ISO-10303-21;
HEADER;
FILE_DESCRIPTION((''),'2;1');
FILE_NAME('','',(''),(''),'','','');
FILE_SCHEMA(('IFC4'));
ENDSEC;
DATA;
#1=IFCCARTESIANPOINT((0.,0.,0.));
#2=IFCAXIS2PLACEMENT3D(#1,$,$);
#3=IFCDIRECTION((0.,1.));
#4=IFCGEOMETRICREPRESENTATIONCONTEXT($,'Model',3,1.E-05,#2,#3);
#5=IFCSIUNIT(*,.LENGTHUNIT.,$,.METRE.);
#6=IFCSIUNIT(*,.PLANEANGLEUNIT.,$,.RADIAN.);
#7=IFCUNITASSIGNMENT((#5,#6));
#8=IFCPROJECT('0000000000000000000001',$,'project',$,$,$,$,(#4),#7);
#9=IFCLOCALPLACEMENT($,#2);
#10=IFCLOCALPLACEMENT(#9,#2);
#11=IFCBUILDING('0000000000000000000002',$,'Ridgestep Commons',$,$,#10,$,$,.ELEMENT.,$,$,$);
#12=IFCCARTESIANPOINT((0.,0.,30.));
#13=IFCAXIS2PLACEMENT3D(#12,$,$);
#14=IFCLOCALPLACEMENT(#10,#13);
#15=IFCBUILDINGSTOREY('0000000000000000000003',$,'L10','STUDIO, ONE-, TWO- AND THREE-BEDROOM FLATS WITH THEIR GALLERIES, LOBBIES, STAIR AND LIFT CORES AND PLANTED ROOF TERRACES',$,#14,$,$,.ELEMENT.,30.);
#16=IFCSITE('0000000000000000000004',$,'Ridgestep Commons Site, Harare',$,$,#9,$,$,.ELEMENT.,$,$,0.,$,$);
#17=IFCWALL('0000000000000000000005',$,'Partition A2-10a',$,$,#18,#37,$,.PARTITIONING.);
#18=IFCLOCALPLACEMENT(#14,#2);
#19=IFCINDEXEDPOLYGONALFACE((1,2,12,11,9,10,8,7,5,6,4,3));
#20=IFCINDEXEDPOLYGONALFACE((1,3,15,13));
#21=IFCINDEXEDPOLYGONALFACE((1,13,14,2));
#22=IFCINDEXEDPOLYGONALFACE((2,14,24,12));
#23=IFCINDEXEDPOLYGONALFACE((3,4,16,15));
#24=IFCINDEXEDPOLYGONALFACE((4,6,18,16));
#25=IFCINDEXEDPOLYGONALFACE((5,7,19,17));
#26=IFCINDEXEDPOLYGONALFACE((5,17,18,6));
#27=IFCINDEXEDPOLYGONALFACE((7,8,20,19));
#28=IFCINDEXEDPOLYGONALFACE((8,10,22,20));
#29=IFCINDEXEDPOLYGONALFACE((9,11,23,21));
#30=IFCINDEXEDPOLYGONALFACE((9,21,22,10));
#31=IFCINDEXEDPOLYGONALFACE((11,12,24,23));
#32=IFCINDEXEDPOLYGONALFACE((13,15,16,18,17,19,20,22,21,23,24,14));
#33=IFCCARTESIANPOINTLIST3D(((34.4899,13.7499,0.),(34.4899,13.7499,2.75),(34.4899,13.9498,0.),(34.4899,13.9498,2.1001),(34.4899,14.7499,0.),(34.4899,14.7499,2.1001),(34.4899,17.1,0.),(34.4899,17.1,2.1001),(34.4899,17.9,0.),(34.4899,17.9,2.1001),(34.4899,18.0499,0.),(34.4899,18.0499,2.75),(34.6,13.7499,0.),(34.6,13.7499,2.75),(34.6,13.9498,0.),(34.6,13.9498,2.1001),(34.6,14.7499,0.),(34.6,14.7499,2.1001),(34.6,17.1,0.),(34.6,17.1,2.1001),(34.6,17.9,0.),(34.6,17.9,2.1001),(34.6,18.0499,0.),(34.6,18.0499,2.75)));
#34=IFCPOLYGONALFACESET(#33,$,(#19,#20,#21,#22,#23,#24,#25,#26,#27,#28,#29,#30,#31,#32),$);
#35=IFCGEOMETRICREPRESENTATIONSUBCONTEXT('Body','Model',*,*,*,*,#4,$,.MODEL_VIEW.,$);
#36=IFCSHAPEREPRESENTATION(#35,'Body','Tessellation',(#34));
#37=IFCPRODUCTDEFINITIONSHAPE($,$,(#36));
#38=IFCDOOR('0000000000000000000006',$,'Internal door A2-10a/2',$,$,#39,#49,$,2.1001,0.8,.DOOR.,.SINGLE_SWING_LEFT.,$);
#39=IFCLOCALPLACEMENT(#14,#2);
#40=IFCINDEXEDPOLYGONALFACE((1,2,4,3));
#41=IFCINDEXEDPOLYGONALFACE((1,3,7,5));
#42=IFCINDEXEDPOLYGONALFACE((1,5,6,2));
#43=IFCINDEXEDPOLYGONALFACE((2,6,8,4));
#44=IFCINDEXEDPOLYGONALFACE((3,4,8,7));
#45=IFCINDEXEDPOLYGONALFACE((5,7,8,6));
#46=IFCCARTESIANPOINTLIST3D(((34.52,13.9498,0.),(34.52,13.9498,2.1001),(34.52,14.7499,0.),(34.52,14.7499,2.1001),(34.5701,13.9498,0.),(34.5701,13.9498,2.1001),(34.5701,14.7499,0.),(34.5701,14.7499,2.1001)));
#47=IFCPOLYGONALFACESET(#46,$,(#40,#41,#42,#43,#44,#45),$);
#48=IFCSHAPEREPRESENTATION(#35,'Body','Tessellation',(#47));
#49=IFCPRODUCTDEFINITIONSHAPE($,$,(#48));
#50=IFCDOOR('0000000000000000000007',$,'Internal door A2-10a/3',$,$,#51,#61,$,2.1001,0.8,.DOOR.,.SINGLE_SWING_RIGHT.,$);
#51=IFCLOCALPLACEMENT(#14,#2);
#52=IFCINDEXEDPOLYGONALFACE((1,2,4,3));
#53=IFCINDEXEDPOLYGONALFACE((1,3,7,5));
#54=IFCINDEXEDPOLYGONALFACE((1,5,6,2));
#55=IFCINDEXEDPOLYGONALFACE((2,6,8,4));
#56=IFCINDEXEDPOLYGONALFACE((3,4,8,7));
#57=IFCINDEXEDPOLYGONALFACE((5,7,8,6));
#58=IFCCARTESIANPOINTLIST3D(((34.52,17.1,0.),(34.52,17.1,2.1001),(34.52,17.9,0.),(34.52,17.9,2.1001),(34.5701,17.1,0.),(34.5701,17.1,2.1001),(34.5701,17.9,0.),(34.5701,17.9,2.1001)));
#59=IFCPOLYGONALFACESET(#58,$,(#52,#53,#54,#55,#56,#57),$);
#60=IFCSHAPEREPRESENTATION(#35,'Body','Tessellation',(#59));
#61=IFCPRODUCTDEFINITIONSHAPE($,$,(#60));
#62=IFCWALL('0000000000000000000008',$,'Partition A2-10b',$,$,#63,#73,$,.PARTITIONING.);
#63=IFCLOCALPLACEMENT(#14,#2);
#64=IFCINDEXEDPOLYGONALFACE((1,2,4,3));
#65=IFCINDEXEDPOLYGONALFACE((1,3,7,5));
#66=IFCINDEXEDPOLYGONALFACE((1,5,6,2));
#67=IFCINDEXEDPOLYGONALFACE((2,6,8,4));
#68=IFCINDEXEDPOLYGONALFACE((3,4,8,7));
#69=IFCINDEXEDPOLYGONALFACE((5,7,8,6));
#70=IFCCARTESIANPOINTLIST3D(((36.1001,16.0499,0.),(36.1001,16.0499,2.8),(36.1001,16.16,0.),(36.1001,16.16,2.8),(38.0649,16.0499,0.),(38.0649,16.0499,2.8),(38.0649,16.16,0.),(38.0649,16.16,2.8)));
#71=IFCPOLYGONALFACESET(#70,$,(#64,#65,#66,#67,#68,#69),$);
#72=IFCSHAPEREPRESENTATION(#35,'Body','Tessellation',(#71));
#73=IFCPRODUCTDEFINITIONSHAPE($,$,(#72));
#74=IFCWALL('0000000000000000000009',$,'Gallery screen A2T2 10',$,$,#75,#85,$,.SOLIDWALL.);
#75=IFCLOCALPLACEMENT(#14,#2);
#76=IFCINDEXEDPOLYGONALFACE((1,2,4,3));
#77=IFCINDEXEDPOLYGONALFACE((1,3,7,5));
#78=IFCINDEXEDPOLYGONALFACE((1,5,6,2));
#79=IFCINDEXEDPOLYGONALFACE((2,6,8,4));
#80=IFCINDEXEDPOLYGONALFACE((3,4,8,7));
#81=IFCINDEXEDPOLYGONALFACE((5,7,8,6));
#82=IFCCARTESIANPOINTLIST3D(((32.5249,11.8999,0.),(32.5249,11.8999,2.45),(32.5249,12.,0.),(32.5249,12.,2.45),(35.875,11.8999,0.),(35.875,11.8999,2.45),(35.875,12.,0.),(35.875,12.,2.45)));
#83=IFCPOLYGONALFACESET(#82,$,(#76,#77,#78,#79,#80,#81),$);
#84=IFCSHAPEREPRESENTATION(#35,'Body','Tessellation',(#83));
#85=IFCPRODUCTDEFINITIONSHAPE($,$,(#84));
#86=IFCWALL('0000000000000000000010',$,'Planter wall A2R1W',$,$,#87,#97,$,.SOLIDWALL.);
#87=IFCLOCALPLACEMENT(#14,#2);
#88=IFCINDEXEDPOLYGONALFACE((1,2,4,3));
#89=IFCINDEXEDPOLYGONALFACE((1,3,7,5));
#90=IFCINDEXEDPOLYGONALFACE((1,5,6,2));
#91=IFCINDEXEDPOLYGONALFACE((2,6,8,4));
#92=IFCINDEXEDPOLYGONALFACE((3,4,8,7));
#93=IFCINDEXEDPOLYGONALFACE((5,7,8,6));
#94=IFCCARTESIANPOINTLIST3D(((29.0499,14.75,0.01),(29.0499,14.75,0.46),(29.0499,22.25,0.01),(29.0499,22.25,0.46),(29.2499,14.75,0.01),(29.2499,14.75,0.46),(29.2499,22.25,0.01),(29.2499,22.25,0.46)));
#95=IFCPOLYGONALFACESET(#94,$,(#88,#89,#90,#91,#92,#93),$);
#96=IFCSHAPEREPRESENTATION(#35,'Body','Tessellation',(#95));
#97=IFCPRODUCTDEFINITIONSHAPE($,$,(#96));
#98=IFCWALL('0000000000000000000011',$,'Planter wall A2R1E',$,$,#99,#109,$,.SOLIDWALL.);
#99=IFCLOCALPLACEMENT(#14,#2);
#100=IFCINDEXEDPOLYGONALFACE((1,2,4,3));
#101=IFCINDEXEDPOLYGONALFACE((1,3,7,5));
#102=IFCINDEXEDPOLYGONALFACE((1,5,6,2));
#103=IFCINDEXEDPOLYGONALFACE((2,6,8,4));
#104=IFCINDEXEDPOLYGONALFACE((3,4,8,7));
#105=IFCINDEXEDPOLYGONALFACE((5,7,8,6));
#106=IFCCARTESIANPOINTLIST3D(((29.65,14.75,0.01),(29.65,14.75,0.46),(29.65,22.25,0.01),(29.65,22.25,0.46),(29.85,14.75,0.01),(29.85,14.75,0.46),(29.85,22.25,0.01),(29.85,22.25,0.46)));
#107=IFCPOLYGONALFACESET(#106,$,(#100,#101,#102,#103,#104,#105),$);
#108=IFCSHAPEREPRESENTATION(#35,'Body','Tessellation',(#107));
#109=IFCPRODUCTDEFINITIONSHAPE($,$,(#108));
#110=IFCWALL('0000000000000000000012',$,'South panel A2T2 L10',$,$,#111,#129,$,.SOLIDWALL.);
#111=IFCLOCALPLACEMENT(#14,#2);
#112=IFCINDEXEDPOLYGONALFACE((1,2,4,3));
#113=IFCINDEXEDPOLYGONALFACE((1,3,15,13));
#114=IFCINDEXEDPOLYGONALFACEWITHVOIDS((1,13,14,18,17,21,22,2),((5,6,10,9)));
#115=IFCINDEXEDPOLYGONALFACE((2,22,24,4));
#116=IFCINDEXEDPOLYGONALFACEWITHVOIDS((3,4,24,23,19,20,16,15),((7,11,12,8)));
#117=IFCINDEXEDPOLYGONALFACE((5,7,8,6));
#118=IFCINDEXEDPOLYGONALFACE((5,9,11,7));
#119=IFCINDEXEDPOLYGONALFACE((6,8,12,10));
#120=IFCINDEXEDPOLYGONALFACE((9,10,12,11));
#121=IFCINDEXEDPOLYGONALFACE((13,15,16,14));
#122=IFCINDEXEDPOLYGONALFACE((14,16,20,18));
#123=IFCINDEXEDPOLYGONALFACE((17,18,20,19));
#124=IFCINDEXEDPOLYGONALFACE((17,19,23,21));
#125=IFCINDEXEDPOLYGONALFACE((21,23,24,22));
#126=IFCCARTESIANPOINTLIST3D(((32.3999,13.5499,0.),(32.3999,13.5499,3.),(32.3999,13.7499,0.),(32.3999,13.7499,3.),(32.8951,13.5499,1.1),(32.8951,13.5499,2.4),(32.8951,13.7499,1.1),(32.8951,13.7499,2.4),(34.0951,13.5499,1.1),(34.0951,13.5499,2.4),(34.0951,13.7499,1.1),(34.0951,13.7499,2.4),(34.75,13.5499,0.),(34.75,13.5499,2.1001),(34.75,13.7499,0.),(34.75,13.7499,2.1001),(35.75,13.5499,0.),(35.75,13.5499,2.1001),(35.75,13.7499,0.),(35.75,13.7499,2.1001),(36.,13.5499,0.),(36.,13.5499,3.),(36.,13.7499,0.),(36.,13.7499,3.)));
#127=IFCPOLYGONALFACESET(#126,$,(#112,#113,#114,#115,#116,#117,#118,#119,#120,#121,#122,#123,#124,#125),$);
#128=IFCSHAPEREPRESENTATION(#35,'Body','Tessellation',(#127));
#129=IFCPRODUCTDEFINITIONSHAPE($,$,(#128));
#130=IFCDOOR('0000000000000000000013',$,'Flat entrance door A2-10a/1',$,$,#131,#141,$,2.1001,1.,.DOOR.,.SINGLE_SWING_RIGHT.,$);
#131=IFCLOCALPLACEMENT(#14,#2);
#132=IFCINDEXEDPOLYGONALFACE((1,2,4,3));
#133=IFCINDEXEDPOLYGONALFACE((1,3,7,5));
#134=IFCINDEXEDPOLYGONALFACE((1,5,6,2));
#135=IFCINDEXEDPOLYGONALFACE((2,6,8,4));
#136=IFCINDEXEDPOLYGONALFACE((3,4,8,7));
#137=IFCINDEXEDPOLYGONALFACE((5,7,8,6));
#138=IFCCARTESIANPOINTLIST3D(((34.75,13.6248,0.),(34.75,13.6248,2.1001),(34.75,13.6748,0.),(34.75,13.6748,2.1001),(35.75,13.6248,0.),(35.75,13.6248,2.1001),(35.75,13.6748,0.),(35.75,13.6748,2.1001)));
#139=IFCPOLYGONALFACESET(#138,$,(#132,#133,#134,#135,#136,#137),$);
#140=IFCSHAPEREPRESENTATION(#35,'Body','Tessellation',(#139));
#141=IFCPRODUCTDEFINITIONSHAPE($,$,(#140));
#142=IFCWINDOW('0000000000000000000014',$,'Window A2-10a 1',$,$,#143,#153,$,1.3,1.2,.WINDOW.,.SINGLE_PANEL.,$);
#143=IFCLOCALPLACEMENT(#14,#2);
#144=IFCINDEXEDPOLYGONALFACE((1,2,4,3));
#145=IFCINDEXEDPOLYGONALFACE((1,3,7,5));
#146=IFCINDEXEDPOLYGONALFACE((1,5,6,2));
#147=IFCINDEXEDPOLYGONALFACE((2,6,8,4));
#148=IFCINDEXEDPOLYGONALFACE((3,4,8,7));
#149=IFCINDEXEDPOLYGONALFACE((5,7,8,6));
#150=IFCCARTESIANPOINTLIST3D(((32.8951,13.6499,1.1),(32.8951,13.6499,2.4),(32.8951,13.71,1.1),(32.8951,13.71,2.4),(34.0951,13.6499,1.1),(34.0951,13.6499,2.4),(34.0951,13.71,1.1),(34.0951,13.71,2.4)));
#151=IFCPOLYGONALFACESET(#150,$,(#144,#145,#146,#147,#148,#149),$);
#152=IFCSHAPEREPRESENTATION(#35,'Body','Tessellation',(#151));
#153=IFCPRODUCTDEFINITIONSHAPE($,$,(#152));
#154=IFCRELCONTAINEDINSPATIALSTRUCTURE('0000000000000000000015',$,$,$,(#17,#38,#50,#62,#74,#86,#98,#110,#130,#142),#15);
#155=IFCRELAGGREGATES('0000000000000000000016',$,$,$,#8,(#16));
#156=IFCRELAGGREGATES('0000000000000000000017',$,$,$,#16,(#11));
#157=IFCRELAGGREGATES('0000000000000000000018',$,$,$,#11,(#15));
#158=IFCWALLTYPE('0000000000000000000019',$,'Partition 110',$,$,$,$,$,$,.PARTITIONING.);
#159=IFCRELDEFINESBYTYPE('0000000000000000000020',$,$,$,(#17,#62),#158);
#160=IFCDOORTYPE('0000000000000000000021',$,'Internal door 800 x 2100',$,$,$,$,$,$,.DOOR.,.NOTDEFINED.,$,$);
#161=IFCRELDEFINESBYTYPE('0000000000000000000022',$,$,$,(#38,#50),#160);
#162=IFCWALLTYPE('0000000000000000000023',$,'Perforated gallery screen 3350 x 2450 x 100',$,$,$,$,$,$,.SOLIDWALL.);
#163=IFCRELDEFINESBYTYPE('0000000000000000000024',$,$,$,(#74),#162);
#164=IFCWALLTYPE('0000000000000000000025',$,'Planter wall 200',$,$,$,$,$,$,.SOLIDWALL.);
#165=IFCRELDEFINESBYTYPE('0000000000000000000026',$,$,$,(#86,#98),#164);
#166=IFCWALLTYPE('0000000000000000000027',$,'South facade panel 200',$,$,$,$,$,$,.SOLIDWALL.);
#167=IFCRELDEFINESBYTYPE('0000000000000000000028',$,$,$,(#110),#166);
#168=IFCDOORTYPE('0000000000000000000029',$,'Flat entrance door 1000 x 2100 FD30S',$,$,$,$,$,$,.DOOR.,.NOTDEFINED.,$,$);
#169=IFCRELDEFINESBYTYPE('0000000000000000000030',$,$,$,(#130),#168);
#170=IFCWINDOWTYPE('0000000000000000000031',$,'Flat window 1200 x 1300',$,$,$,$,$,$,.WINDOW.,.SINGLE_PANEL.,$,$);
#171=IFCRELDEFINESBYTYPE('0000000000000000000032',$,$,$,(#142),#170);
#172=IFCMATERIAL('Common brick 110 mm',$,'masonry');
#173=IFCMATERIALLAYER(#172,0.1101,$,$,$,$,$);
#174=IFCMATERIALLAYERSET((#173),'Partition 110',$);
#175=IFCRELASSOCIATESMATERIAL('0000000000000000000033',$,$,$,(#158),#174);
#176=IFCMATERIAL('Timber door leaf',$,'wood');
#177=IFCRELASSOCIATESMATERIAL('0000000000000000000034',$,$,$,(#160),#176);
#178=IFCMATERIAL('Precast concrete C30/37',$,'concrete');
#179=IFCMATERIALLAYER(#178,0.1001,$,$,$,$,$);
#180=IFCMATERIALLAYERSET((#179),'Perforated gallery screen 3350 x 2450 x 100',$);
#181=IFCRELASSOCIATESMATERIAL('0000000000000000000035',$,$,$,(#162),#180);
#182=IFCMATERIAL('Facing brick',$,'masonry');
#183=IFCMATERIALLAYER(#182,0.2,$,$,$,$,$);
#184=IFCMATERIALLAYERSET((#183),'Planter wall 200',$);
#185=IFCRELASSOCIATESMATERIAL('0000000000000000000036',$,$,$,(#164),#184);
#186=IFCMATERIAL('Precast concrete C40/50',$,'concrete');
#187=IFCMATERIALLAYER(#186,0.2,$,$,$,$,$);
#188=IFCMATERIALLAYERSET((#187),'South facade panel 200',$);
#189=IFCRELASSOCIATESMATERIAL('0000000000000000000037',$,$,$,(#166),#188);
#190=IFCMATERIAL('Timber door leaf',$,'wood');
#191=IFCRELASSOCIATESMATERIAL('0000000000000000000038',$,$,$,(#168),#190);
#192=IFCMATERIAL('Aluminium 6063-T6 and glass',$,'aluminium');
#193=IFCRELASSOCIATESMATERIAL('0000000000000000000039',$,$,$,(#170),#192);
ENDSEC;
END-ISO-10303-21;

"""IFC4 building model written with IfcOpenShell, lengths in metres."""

from ifc_helpers import new_model, si_unit, direction, frame, frame_2d, origin, place, context, subcontext, project, spatial, rectangle, extrude, material, layer, layer_set, type_object, element, fill, save


model = new_model("IFC4")

# Units and contexts
model_context = context("Model", 3, precision=1e-05, world=origin(), true_north=direction((0.0, 1.0)))
body_context = subcontext(model_context, "Body", "Model", "MODEL_VIEW")
ifc_project = project(units=[si_unit("LENGTHUNIT", "METRE"), si_unit("PLANEANGLEUNIT", "RADIAN")], contexts=[model_context])

# Site, building, storey
site_placement = place(None, origin())
site = spatial("IfcSite", under=ifc_project, at=site_placement, Name="Ridgestep Commons Site, Harare", CompositionType="ELEMENT", RefElevation=0.0)
building_placement = place(site_placement, origin())
building = spatial("IfcBuilding", under=site, at=building_placement, Name="Ridgestep Commons", CompositionType="ELEMENT")
storey_placement = place(building_placement, frame((0.0, 0.0, 30.0)))
storey = spatial("IfcBuildingStorey", under=building, at=storey_placement, Name="L10", Description="STUDIO, ONE-, TWO- AND THREE-BEDROOM FLATS WITH THEIR GALLERIES, LOBBIES, STAIR AND LIFT CORES AND PLANTED ROOF TERRACES", CompositionType="ELEMENT", Elevation=30.0)

# Shared definitions
ifc_material_1 = material(Name="Common brick 110 mm", Category="masonry")
ifc_layer_1 = layer(ifc_material_1, 0.1101)
ifc_layer_set_1 = layer_set([ifc_layer_1], Name="Partition 110")
wall_type_1 = type_object("IfcWallType", Name="Partition 110", PredefinedType="PARTITIONING", material=ifc_layer_set_1)

# Wall, openings, doors
wall_1_placement = place(storey_placement, frame((34.5449, 13.75, 0.0), z_axis=(0.0, 0.0, 1.0), x_axis=(0.0, 1.0, 0.0)))
wall_1 = element("IfcWall", 1, at=wall_1_placement, inside=storey, type_object=wall_type_1, Name="Partition A2-10a", PredefinedType="PARTITIONING", context=body_context, shape_type="SweptSolid", body=[
    extrude(rectangle(XDim=4.3, YDim=0.1101, at=frame_2d((2.1499, 0.0))), origin(), (0.0, 0.0, 1.0), 2.75),
])
opening_1_placement = place(wall_1_placement, frame((0.2, 0.0, 0.0)))
opening_1 = element("IfcOpeningElement", 2, at=opening_1_placement, cuts=wall_1, PredefinedType="OPENING", context=body_context, shape_type="SweptSolid", body=[
    extrude(rectangle(XDim=0.8, YDim=2.1001, at=frame_2d((0.3999, 1.05))), frame((0.0, 0.0649, 0.0), z_axis=(0.0, -1.0, 0.0), x_axis=(1.0, 0.0, 0.0)), (0.0, 0.0, 1.0), 0.1301),
])
opening_2_placement = place(wall_1_placement, frame((3.3501, 0.0, 0.0)))
opening_2 = element("IfcOpeningElement", 3, at=opening_2_placement, cuts=wall_1, PredefinedType="OPENING", context=body_context, shape_type="SweptSolid", body=[
    extrude(rectangle(XDim=0.8, YDim=2.1001, at=frame_2d((0.3999, 1.05))), frame((0.0, 0.0649, 0.0), z_axis=(0.0, -1.0, 0.0), x_axis=(1.0, 0.0, 0.0)), (0.0, 0.0, 1.0), 0.1301),
])
ifc_material_2 = material(Name="Timber door leaf", Category="wood")
door_type_1 = type_object("IfcDoorType", Name="Internal door 800 x 2100", OperationType="NOTDEFINED", PredefinedType="DOOR", material=ifc_material_2)
door_1_placement = place(opening_1_placement, origin())
door_1 = element("IfcDoor", 4, at=door_1_placement, inside=storey, type_object=door_type_1, Name="Internal door A2-10a/2", OperationType="SINGLE_SWING_LEFT", OverallHeight=2.1001, OverallWidth=0.8, PredefinedType="DOOR", context=body_context, shape_type="SweptSolid", body=[
    extrude(rectangle(XDim=0.8, YDim=2.1001, at=frame_2d((0.3999, 1.05))), frame((0.0, 0.0249, 0.0), z_axis=(0.0, -1.0, 0.0), x_axis=(1.0, 0.0, 0.0)), (0.0, 0.0, 1.0), 0.05),
])
fill(opening_1, door_1)
door_2_placement = place(opening_2_placement, origin())
door_2 = element("IfcDoor", 5, at=door_2_placement, inside=storey, type_object=door_type_1, Name="Internal door A2-10a/3", OperationType="SINGLE_SWING_RIGHT", OverallHeight=2.1001, OverallWidth=0.8, PredefinedType="DOOR", context=body_context, shape_type="SweptSolid", body=[
    extrude(rectangle(XDim=0.8, YDim=2.1001, at=frame_2d((0.3999, 1.05))), frame((0.0, 0.0249, 0.0), z_axis=(0.0, -1.0, 0.0), x_axis=(1.0, 0.0, 0.0)), (0.0, 0.0, 1.0), 0.05),
])
fill(opening_2, door_2)

# Walls
wall_2_placement = place(storey_placement, frame((36.1001, 16.105, 0.0), z_axis=(0.0, 0.0, 1.0), x_axis=(1.0, 0.0, 0.0)))
element("IfcWall", 6, at=wall_2_placement, inside=storey, type_object=wall_type_1, Name="Partition A2-10b", PredefinedType="PARTITIONING", context=body_context, shape_type="SweptSolid", body=[
    extrude(rectangle(XDim=1.9648, YDim=0.1101, at=frame_2d((0.9824, 0.0))), origin(), (0.0, 0.0, 1.0), 2.8),
])
ifc_material_3 = material(Name="Precast concrete C30/37", Category="concrete")
ifc_layer_2 = layer(ifc_material_3, 0.1001)
ifc_layer_set_2 = layer_set([ifc_layer_2], Name="Perforated gallery screen 3350 x 2450 x 100")
wall_type_2 = type_object("IfcWallType", Name="Perforated gallery screen 3350 x 2450 x 100", PredefinedType="SOLIDWALL", material=ifc_layer_set_2)
wall_3_placement = place(storey_placement, frame((32.5249, 11.95, 0.0), z_axis=(0.0, 0.0, 1.0), x_axis=(1.0, 0.0, 0.0)))
element("IfcWall", 7, at=wall_3_placement, inside=storey, type_object=wall_type_2, Name="Gallery screen A2T2 10", PredefinedType="SOLIDWALL", context=body_context, shape_type="SweptSolid", body=[
    extrude(rectangle(XDim=3.3501, YDim=0.1001, at=frame_2d((1.675, 0.0))), origin(), (0.0, 0.0, 1.0), 2.45),
])
ifc_material_4 = material(Name="Facing brick", Category="masonry")
ifc_layer_3 = layer(ifc_material_4, 0.2)
ifc_layer_set_3 = layer_set([ifc_layer_3], Name="Planter wall 200")
wall_type_3 = type_object("IfcWallType", Name="Planter wall 200", PredefinedType="SOLIDWALL", material=ifc_layer_set_3)
for number, where, z_axis, x_axis, name in (
    (8, (29.1499, 14.75, 0.01), (0.0, 0.0, 1.0), (0.0, 1.0, 0.0), "Planter wall A2R1W"),
    (9, (29.75, 14.75, 0.01), (0.0, 0.0, 1.0), (0.0, 1.0, 0.0), "Planter wall A2R1E"),
):
    element("IfcWall", number, at=place(storey_placement, frame(where, z_axis=z_axis, x_axis=x_axis)), inside=storey, type_object=wall_type_3, Name=name, PredefinedType="SOLIDWALL", context=body_context, shape_type="SweptSolid", body=[
        extrude(rectangle(XDim=7.5, YDim=0.2, at=frame_2d((3.75, 0.0))), origin(), (0.0, 0.0, 1.0), 0.45),
    ])

# Wall, openings, door, window
ifc_material_5 = material(Name="Precast concrete C40/50", Category="concrete")
ifc_layer_4 = layer(ifc_material_5, 0.2)
ifc_layer_set_4 = layer_set([ifc_layer_4], Name="South facade panel 200")
wall_type_4 = type_object("IfcWallType", Name="South facade panel 200", PredefinedType="SOLIDWALL", material=ifc_layer_set_4)
wall_4_placement = place(storey_placement, frame((32.3999, 13.6499, 0.0), z_axis=(0.0, 0.0, 1.0), x_axis=(1.0, 0.0, 0.0)))
wall_4 = element("IfcWall", 10, at=wall_4_placement, inside=storey, type_object=wall_type_4, Name="South panel A2T2 L10", PredefinedType="SOLIDWALL", context=body_context, shape_type="SweptSolid", body=[
    extrude(rectangle(XDim=3.6001, YDim=0.2, at=frame_2d((1.8, 0.0))), origin(), (0.0, 0.0, 1.0), 3.0),
])
opening_3_placement = place(wall_4_placement, frame((0.4951, 0.0, 1.1001)))
opening_3 = element("IfcOpeningElement", 11, at=opening_3_placement, cuts=wall_4, PredefinedType="OPENING", context=body_context, shape_type="SweptSolid", body=[
    extrude(rectangle(XDim=1.2, YDim=1.3, at=frame_2d((0.6001, 0.6499))), frame((0.0, 0.1099, 0.0), z_axis=(0.0, -1.0, 0.0), x_axis=(1.0, 0.0, 0.0)), (0.0, 0.0, 1.0), 0.22),
])
opening_4_placement = place(wall_4_placement, frame((2.3501, 0.0, 0.0)))
opening_4 = element("IfcOpeningElement", 12, at=opening_4_placement, cuts=wall_4, PredefinedType="OPENING", context=body_context, shape_type="SweptSolid", body=[
    extrude(rectangle(XDim=1.0, YDim=2.1001, at=frame_2d((0.5, 1.05))), frame((0.0, 0.1099, 0.0), z_axis=(0.0, -1.0, 0.0), x_axis=(1.0, 0.0, 0.0)), (0.0, 0.0, 1.0), 0.22),
])
ifc_material_6 = material(Name="Timber door leaf", Category="wood")
door_type_2 = type_object("IfcDoorType", Name="Flat entrance door 1000 x 2100 FD30S", OperationType="NOTDEFINED", PredefinedType="DOOR", material=ifc_material_6)
door_3_placement = place(opening_4_placement, origin())
door_3 = element("IfcDoor", 13, at=door_3_placement, inside=storey, type_object=door_type_2, Name="Flat entrance door A2-10a/1", OperationType="SINGLE_SWING_RIGHT", OverallHeight=2.1001, OverallWidth=1.0, PredefinedType="DOOR", context=body_context, shape_type="SweptSolid", body=[
    extrude(rectangle(XDim=1.0, YDim=2.1001, at=frame_2d((0.5, 1.05))), frame((0.0, 0.0249, 0.0), z_axis=(0.0, -1.0, 0.0), x_axis=(1.0, 0.0, 0.0)), (0.0, 0.0, 1.0), 0.05),
])
fill(opening_4, door_3)
ifc_material_7 = material(Name="Aluminium 6063-T6 and glass", Category="aluminium")
window_type_1 = type_object("IfcWindowType", Name="Flat window 1200 x 1300", PartitioningType="SINGLE_PANEL", PredefinedType="WINDOW", material=ifc_material_7)
window_1_placement = place(opening_3_placement, origin())
window_1 = element("IfcWindow", 14, at=window_1_placement, inside=storey, type_object=window_type_1, Name="Window A2-10a 1", OverallHeight=1.3, OverallWidth=1.2, PartitioningType="SINGLE_PANEL", PredefinedType="WINDOW", context=body_context, shape_type="SweptSolid", body=[
    extrude(rectangle(XDim=1.2, YDim=1.3, at=frame_2d((0.6001, 0.6499))), frame((0.0, 0.0601, 0.0), z_axis=(0.0, -1.0, 0.0), x_axis=(1.0, 0.0, 0.0)), (0.0, 0.0, 1.0), 0.0601),
])
fill(opening_3, window_1)

save(model, "model.ifc")
